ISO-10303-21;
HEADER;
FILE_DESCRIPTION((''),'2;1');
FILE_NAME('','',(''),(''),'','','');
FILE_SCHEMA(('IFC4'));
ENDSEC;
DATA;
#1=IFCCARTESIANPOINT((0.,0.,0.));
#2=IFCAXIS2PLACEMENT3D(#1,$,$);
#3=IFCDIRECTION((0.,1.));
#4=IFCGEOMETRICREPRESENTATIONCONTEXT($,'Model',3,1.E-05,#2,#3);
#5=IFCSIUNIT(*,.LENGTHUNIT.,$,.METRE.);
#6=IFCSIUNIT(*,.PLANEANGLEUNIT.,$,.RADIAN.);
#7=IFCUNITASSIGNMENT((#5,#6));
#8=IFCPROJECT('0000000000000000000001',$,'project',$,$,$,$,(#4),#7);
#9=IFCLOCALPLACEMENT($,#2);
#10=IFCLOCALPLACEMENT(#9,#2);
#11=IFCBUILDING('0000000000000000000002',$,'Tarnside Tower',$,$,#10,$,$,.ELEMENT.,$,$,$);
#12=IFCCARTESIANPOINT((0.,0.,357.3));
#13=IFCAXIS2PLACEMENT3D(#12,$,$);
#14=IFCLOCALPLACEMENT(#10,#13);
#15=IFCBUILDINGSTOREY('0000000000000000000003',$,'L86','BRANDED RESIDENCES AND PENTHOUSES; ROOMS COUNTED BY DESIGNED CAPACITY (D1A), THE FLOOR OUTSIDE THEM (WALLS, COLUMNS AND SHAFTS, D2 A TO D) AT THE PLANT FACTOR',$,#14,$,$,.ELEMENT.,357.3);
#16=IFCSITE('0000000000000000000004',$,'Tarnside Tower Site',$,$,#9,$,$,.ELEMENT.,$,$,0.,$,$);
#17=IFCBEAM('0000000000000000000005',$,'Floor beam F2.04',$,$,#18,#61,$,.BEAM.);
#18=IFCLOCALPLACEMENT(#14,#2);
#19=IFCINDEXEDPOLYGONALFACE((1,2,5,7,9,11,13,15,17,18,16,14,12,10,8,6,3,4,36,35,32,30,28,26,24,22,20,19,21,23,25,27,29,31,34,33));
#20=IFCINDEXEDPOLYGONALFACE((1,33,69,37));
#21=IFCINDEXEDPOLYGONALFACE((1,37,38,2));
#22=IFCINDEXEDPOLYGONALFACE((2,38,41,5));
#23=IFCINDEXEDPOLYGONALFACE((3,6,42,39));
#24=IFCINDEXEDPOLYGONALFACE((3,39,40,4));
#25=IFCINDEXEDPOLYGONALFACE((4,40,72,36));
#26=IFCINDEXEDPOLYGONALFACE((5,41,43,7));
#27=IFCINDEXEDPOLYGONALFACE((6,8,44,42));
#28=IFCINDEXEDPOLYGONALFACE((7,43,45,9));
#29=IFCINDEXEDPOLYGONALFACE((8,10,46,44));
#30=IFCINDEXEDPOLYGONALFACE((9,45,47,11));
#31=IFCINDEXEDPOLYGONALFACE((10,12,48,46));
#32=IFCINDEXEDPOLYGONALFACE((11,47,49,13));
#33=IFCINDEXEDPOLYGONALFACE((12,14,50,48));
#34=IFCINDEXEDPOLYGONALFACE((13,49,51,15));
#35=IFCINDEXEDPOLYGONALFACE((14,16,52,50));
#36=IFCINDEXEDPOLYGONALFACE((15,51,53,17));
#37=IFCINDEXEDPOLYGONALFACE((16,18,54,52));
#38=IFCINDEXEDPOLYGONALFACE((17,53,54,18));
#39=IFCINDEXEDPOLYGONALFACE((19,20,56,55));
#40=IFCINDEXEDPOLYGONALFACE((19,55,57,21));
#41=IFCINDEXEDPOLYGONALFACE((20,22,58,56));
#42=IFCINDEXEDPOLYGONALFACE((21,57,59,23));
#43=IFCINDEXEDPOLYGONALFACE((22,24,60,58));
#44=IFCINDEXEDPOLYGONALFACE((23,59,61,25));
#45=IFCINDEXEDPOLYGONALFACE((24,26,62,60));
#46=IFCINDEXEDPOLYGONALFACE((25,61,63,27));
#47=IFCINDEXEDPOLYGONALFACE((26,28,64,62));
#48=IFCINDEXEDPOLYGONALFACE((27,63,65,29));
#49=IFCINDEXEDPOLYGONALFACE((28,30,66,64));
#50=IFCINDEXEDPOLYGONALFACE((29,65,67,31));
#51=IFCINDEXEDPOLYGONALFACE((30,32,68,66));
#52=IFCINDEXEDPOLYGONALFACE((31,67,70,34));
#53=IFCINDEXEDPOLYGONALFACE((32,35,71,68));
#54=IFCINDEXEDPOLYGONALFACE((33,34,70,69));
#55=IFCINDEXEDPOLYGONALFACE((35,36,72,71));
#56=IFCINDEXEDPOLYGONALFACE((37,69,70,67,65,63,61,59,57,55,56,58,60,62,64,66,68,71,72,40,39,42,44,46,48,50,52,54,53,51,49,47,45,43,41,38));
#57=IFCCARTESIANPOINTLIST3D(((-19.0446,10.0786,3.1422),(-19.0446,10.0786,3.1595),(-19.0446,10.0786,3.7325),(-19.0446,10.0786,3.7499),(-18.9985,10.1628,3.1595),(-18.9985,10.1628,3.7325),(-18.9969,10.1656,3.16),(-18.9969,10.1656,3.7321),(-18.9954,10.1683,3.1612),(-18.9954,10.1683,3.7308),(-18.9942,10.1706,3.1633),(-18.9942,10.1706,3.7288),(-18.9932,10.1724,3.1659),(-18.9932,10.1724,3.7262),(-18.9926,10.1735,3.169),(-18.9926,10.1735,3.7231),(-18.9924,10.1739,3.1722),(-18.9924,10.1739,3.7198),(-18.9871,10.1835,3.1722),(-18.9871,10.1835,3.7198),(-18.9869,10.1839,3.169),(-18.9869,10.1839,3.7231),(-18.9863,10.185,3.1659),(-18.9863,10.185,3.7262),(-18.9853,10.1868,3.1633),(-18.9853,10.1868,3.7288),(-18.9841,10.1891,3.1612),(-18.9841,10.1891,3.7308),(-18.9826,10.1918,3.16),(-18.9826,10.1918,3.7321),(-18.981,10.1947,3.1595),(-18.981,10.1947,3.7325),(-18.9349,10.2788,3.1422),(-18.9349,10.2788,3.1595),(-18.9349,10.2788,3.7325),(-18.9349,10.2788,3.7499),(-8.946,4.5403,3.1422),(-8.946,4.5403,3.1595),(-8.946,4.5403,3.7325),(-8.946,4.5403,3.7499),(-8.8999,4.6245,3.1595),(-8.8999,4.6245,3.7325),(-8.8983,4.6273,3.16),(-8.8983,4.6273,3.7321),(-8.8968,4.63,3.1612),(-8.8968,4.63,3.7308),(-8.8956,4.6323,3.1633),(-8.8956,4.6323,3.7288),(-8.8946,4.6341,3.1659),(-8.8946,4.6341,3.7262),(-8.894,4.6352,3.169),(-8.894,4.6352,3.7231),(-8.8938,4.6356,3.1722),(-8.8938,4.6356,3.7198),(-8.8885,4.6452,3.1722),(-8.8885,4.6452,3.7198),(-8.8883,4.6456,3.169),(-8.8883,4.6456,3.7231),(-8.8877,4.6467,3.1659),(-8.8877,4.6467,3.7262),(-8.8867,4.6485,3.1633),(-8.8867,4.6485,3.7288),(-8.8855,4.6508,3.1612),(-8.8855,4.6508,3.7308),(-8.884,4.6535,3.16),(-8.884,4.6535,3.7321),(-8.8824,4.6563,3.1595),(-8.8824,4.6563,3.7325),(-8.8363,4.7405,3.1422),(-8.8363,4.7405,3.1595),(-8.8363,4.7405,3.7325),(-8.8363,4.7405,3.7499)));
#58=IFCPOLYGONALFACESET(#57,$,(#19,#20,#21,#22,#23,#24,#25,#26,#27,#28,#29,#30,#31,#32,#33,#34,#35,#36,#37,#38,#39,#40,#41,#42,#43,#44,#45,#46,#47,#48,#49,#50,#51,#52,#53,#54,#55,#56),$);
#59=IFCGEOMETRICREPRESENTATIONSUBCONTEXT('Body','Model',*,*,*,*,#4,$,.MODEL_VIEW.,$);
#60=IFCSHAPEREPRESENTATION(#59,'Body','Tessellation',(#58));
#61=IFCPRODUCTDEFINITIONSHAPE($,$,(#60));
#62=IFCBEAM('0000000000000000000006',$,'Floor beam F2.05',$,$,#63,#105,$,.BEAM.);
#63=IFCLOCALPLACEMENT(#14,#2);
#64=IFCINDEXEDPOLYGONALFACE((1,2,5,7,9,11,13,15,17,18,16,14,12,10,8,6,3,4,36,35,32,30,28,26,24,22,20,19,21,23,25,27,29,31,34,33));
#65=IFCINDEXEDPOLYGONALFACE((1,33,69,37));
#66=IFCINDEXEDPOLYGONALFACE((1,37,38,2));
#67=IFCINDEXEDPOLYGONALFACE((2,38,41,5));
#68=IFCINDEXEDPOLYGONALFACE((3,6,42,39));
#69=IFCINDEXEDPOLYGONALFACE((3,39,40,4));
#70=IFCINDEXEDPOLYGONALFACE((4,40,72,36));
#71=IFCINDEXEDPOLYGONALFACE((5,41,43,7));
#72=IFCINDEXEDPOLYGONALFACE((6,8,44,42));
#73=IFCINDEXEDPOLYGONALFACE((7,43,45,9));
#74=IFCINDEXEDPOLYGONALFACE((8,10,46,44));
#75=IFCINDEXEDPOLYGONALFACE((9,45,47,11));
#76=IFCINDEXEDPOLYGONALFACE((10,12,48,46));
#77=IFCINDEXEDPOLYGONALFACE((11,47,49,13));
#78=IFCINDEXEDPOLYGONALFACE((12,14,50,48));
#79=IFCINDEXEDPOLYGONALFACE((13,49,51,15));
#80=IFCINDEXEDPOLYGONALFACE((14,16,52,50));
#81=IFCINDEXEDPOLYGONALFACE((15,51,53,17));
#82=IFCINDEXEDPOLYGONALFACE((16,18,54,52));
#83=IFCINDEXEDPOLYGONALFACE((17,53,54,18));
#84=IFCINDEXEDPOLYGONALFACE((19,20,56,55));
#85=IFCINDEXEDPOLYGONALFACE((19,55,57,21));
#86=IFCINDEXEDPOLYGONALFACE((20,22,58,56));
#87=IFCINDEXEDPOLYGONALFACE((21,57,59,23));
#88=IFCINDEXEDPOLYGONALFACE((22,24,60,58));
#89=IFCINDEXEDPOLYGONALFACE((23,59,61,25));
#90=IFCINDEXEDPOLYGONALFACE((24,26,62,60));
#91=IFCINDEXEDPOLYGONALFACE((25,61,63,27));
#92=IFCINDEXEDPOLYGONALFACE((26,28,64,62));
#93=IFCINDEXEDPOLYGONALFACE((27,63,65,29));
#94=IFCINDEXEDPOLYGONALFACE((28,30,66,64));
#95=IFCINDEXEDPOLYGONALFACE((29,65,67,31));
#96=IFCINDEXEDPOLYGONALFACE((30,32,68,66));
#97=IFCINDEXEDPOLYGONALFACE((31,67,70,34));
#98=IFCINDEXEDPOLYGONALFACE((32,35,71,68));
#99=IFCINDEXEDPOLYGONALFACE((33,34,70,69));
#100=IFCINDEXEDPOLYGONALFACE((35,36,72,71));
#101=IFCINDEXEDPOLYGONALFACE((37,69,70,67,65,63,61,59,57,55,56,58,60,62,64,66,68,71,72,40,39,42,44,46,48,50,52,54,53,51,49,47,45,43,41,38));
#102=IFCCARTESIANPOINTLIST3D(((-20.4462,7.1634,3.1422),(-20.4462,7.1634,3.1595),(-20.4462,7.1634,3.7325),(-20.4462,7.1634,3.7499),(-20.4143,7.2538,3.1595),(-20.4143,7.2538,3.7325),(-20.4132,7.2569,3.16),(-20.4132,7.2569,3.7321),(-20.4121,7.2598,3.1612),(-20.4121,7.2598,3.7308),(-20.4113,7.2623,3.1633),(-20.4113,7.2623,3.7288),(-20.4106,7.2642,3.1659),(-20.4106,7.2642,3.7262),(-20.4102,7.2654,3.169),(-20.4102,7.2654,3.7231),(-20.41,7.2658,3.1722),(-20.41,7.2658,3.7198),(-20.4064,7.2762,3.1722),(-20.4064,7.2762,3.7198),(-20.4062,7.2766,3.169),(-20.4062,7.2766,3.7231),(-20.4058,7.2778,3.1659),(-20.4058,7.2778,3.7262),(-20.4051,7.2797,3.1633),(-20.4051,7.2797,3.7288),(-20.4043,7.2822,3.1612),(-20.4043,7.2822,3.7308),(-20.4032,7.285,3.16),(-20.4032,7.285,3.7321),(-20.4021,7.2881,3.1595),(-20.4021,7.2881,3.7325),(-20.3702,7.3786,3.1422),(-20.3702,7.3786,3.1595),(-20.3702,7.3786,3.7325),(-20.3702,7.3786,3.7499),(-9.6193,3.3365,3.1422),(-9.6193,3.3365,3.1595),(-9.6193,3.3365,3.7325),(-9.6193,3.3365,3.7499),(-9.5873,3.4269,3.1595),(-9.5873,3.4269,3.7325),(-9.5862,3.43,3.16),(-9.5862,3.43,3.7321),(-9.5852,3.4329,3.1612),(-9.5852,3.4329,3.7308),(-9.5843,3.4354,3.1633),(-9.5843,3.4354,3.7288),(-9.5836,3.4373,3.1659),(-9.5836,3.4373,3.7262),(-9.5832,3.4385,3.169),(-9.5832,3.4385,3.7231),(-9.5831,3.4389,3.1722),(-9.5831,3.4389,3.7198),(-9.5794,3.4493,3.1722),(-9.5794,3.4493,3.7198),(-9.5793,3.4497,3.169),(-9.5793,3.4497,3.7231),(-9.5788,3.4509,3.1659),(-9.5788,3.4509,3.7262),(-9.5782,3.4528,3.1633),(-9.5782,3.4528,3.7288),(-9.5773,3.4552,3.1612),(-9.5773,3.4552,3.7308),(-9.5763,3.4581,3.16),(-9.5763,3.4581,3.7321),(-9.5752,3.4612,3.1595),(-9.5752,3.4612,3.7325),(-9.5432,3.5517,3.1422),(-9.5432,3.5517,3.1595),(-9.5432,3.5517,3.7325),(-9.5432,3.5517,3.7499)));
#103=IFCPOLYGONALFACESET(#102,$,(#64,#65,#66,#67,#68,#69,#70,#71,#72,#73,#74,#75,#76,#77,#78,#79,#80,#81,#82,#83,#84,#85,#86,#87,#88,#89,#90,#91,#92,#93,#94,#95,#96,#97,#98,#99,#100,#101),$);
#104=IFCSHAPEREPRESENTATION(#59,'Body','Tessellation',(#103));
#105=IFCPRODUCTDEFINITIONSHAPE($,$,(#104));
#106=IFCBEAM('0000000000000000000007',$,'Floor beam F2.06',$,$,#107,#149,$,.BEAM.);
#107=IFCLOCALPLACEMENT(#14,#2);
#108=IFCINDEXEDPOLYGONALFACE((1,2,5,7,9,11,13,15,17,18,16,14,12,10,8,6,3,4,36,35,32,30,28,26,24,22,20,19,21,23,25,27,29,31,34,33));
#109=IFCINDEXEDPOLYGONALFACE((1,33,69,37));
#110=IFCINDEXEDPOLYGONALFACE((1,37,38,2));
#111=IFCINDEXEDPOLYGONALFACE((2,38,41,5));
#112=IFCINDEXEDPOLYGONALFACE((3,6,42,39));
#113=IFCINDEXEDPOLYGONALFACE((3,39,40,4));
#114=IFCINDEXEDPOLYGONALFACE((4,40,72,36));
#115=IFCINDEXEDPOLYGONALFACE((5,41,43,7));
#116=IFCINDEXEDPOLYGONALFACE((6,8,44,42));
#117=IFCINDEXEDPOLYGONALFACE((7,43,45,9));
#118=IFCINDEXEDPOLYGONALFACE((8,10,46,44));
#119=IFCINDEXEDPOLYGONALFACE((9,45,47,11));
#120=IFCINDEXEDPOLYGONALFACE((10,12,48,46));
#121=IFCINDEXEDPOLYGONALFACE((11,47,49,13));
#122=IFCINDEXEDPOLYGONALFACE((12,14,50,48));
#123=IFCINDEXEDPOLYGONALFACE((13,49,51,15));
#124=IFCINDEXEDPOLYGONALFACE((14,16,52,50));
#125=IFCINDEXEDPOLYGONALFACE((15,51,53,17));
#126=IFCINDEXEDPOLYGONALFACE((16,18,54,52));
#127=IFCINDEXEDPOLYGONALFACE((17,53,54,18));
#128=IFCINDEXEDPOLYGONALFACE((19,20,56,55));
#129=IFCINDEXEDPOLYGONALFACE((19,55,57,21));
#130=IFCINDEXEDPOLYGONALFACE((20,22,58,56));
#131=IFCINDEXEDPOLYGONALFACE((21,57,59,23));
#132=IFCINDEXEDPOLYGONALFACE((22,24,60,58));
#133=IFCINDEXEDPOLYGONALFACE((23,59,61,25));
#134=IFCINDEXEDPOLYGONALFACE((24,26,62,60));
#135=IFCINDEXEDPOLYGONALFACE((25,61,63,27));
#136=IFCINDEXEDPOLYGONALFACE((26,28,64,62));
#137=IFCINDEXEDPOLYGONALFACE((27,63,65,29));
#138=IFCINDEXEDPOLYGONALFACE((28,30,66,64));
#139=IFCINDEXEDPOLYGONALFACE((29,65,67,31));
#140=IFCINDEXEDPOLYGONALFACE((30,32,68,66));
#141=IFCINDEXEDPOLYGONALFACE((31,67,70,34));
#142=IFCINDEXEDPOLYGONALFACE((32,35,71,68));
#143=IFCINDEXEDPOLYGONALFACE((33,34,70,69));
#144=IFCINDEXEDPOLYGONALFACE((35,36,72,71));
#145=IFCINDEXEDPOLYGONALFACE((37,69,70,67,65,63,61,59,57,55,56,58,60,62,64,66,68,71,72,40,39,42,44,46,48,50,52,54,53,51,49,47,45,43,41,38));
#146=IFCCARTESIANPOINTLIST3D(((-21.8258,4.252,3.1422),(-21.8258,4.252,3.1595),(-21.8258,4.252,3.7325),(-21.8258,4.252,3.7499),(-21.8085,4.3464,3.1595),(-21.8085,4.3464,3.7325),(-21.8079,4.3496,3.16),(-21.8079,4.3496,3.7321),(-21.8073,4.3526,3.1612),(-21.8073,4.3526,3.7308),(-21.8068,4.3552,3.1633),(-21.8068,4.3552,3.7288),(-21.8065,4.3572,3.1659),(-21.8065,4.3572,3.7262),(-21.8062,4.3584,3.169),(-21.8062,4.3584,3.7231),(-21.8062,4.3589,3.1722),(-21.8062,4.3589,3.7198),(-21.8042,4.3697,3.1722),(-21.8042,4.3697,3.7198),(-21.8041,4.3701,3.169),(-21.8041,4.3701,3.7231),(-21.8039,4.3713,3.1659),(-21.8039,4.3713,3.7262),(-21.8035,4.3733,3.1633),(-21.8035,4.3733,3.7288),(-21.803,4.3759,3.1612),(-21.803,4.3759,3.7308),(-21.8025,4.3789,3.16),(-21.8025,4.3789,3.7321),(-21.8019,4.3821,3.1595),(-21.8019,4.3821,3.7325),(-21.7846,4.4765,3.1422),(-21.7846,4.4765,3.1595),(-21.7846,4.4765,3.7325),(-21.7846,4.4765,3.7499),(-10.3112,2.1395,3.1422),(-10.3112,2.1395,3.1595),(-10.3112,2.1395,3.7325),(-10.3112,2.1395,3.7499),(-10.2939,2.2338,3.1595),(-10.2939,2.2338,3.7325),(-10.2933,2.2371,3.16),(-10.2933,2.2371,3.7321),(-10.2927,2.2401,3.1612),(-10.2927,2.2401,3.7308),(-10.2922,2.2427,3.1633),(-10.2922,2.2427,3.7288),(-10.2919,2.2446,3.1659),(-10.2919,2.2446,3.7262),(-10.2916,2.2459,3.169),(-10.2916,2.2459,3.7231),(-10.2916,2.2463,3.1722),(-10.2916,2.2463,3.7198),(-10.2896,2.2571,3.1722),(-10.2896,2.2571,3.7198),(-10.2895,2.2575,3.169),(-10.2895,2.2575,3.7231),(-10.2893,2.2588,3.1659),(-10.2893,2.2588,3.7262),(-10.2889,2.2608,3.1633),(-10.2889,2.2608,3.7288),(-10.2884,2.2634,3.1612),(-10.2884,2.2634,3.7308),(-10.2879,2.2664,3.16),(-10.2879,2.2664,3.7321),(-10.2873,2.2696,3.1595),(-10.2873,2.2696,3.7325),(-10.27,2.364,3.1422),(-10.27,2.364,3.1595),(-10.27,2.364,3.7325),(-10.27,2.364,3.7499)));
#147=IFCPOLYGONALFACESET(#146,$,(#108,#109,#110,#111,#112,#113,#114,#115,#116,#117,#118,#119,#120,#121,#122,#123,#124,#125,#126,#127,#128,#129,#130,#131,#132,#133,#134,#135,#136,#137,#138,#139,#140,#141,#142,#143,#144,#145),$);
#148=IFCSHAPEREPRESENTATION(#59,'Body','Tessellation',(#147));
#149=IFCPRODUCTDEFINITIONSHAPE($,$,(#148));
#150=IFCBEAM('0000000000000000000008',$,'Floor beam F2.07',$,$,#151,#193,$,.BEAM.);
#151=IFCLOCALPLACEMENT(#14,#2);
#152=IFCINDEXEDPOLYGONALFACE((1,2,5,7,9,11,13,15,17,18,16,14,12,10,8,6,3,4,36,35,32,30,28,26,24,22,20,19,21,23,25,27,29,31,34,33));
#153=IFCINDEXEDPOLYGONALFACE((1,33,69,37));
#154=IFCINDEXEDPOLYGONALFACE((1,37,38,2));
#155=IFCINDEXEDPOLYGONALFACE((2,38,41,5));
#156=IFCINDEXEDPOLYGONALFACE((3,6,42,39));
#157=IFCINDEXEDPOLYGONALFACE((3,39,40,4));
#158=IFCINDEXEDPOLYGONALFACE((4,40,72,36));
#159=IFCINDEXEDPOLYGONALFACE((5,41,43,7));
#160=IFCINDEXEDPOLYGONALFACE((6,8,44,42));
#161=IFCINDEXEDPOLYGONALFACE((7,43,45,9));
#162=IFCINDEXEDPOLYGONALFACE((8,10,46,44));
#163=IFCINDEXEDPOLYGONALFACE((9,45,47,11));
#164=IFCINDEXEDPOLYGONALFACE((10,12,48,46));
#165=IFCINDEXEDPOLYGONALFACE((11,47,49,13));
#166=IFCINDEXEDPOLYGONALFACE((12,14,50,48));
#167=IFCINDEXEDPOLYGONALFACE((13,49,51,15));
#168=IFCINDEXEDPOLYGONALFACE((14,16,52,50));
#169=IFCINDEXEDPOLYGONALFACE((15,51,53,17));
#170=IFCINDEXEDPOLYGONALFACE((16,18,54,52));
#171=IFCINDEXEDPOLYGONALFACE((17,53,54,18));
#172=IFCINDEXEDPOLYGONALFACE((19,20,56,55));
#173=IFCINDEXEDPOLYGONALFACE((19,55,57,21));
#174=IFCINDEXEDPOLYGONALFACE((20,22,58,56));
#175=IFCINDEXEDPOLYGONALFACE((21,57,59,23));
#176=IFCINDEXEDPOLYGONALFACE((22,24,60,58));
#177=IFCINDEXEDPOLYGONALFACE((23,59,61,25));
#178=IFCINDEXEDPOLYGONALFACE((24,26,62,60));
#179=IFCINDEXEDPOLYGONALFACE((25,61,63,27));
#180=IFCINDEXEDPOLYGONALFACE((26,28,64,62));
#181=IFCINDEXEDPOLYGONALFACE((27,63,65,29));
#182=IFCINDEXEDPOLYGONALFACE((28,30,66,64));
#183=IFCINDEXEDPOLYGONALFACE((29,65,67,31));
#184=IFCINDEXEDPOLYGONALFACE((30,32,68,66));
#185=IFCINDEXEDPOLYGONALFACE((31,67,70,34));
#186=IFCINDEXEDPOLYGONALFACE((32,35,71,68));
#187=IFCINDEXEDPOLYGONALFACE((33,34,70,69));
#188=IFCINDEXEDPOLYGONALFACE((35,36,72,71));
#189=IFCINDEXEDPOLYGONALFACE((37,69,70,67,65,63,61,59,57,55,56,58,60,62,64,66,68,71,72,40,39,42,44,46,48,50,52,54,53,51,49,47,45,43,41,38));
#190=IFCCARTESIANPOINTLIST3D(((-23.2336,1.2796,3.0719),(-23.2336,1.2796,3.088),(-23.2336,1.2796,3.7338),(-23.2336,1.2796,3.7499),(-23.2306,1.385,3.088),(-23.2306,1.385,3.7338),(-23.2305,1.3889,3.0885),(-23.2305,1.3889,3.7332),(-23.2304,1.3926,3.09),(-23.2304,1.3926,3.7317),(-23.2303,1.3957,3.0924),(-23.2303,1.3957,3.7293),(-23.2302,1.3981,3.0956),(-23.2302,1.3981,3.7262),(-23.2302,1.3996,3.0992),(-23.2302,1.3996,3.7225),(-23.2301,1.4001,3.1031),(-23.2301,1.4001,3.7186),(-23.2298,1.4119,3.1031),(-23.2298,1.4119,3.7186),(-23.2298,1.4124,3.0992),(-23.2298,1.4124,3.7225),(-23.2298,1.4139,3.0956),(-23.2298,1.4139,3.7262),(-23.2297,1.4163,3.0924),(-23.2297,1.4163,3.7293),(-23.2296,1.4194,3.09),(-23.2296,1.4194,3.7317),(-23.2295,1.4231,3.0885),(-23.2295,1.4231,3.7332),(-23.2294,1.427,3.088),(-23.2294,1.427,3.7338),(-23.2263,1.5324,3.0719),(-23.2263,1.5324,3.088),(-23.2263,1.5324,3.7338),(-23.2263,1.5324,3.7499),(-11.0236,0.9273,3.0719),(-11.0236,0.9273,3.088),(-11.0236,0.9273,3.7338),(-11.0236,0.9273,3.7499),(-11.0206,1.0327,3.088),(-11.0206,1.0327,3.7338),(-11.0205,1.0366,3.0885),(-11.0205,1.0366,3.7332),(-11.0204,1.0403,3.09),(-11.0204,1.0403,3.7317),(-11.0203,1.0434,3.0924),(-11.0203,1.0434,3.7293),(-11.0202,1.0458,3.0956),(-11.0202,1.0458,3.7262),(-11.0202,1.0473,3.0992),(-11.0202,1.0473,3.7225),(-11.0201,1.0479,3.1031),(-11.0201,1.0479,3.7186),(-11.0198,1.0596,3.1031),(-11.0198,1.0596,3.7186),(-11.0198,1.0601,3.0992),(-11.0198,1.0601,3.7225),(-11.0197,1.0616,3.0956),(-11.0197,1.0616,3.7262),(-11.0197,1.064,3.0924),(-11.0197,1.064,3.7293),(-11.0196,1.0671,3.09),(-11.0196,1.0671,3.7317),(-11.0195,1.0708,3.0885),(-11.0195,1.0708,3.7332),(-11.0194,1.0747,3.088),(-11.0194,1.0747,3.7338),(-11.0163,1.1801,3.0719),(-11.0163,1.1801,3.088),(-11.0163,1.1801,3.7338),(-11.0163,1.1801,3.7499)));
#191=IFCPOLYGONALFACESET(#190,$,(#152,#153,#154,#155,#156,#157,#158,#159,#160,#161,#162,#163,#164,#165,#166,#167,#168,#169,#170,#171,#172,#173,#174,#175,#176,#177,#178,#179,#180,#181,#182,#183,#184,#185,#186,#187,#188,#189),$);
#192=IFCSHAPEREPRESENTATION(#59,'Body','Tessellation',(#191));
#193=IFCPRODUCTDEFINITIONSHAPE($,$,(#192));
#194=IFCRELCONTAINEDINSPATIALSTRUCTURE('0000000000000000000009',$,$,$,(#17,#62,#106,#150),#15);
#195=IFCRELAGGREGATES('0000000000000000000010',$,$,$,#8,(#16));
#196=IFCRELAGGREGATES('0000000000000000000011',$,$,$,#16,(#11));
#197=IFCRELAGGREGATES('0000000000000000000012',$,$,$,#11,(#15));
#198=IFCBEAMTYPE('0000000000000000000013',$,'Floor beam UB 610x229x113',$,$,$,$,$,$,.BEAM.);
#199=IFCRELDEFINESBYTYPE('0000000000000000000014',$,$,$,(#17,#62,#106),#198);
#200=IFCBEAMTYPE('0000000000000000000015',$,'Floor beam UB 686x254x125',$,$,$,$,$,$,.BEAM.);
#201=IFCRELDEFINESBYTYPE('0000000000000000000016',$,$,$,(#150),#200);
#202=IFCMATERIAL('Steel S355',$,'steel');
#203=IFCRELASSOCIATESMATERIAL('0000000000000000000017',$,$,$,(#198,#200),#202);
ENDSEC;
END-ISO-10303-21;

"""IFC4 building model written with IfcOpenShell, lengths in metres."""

from ifc_helpers import new_model, si_unit, direction, frame, origin, origin_2d, place, context, subcontext, project, spatial, i_section, extrude, material, material_profile, profile_set, type_object, element, save


model = new_model("IFC4")

# Units and contexts
model_context = context("Model", 3, precision=1e-05, world=origin(), true_north=direction((0.0, 1.0)))
body_context = subcontext(model_context, "Body", "Model", "MODEL_VIEW")
ifc_project = project(units=[si_unit("LENGTHUNIT", "METRE"), si_unit("PLANEANGLEUNIT", "RADIAN")], contexts=[model_context])

# Site, building, storey
site_placement = place(None, origin())
site = spatial("IfcSite", under=ifc_project, at=site_placement, Name="Tarnside Tower Site", CompositionType="ELEMENT", RefElevation=0.0)
building_placement = place(site_placement, origin())
building = spatial("IfcBuilding", under=site, at=building_placement, Name="Tarnside Tower", CompositionType="ELEMENT")
storey_placement = place(building_placement, frame((0.0, 0.0, 357.3)))
storey = spatial("IfcBuildingStorey", under=building, at=storey_placement, Name="L86", Description="BRANDED RESIDENCES AND PENTHOUSES; ROOMS COUNTED BY DESIGNED CAPACITY (D1A), THE FLOOR OUTSIDE THEM (WALLS, COLUMNS AND SHAFTS, D2 A TO D) AT THE PLANT FACTOR", CompositionType="ELEMENT", Elevation=357.3)

# Beams
ifc_material_1 = material(Name="Steel S355", Category="steel")
ifc_material_profile_1 = material_profile(ifc_material_1, i_section(OverallWidth=0.2283, OverallDepth=0.6077, WebThickness=0.011, FlangeThickness=0.0173, FilletRadius=0.0127, at=origin_2d()), Name="UB 610x229x113")
ifc_profile_set_1 = profile_set([ifc_material_profile_1], Name="Steel S355")
beam_type_1 = type_object("IfcBeamType", Name="Floor beam UB 610x229x113", PredefinedType="BEAM", material=ifc_profile_set_1)
beam_1_placement = place(storey_placement, frame((-18.9897, 10.1787, 3.446), z_axis=(0.876799, -0.480857, 0.0), x_axis=(0.480857, 0.876799, 0.0)))
element("IfcBeam", 1, at=beam_1_placement, inside=storey, type_object=beam_type_1, Name="Floor beam F2.04", PredefinedType="BEAM", context=body_context, shape_type="SweptSolid", body=[
    extrude(i_section(OverallWidth=0.2283, OverallDepth=0.6077, WebThickness=0.011, FlangeThickness=0.0173, FilletRadius=0.0127, at=origin_2d()), origin(), (0.0, 0.0, 1.0), 11.5176),
])
beam_2_placement = place(storey_placement, frame((-20.4082, 7.271, 3.446), z_axis=(0.942836, -0.333257, 0.0), x_axis=(0.333257, 0.942836, 0.0)))
element("IfcBeam", 2, at=beam_2_placement, inside=storey, type_object=beam_type_1, Name="Floor beam F2.05", PredefinedType="BEAM", context=body_context, shape_type="SweptSolid", body=[
    extrude(i_section(OverallWidth=0.2283, OverallDepth=0.6077, WebThickness=0.011, FlangeThickness=0.0173, FilletRadius=0.0127, at=origin_2d()), origin(), (0.0, 0.0, 1.0), 11.4834),
])
beam_3_placement = place(storey_placement, frame((-21.8052, 4.3643, 3.446), z_axis=(0.983583, -0.180454, 0.0), x_axis=(0.180454, 0.983583, 0.0)))
element("IfcBeam", 3, at=beam_3_placement, inside=storey, type_object=beam_type_1, Name="Floor beam F2.06", PredefinedType="BEAM", context=body_context, shape_type="SweptSolid", body=[
    extrude(i_section(OverallWidth=0.2283, OverallDepth=0.6077, WebThickness=0.011, FlangeThickness=0.0173, FilletRadius=0.0127, at=origin_2d()), origin(), (0.0, 0.0, 1.0), 11.7068),
])
ifc_material_profile_2 = material_profile(ifc_material_1, i_section(OverallWidth=0.2529, OverallDepth=0.678, WebThickness=0.0117, FlangeThickness=0.0161, FilletRadius=0.0151, at=origin_2d()), Name="UB 686x254x125")
ifc_profile_set_2 = profile_set([ifc_material_profile_2], Name="Steel S355")
beam_type_2 = type_object("IfcBeamType", Name="Floor beam UB 686x254x125", PredefinedType="BEAM", material=ifc_profile_set_2)
beam_4_placement = place(storey_placement, frame((-23.23, 1.406, 3.4109), z_axis=(0.999584, -0.028841, 0.0), x_axis=(0.028841, 0.999584, 0.0)))
element("IfcBeam", 4, at=beam_4_placement, inside=storey, type_object=beam_type_2, Name="Floor beam F2.07", PredefinedType="BEAM", context=body_context, shape_type="SweptSolid", body=[
    extrude(i_section(OverallWidth=0.2529, OverallDepth=0.678, WebThickness=0.0117, FlangeThickness=0.0161, FilletRadius=0.0151, at=origin_2d()), origin(), (0.0, 0.0, 1.0), 12.2151),
])

save(model, "model.ifc")
